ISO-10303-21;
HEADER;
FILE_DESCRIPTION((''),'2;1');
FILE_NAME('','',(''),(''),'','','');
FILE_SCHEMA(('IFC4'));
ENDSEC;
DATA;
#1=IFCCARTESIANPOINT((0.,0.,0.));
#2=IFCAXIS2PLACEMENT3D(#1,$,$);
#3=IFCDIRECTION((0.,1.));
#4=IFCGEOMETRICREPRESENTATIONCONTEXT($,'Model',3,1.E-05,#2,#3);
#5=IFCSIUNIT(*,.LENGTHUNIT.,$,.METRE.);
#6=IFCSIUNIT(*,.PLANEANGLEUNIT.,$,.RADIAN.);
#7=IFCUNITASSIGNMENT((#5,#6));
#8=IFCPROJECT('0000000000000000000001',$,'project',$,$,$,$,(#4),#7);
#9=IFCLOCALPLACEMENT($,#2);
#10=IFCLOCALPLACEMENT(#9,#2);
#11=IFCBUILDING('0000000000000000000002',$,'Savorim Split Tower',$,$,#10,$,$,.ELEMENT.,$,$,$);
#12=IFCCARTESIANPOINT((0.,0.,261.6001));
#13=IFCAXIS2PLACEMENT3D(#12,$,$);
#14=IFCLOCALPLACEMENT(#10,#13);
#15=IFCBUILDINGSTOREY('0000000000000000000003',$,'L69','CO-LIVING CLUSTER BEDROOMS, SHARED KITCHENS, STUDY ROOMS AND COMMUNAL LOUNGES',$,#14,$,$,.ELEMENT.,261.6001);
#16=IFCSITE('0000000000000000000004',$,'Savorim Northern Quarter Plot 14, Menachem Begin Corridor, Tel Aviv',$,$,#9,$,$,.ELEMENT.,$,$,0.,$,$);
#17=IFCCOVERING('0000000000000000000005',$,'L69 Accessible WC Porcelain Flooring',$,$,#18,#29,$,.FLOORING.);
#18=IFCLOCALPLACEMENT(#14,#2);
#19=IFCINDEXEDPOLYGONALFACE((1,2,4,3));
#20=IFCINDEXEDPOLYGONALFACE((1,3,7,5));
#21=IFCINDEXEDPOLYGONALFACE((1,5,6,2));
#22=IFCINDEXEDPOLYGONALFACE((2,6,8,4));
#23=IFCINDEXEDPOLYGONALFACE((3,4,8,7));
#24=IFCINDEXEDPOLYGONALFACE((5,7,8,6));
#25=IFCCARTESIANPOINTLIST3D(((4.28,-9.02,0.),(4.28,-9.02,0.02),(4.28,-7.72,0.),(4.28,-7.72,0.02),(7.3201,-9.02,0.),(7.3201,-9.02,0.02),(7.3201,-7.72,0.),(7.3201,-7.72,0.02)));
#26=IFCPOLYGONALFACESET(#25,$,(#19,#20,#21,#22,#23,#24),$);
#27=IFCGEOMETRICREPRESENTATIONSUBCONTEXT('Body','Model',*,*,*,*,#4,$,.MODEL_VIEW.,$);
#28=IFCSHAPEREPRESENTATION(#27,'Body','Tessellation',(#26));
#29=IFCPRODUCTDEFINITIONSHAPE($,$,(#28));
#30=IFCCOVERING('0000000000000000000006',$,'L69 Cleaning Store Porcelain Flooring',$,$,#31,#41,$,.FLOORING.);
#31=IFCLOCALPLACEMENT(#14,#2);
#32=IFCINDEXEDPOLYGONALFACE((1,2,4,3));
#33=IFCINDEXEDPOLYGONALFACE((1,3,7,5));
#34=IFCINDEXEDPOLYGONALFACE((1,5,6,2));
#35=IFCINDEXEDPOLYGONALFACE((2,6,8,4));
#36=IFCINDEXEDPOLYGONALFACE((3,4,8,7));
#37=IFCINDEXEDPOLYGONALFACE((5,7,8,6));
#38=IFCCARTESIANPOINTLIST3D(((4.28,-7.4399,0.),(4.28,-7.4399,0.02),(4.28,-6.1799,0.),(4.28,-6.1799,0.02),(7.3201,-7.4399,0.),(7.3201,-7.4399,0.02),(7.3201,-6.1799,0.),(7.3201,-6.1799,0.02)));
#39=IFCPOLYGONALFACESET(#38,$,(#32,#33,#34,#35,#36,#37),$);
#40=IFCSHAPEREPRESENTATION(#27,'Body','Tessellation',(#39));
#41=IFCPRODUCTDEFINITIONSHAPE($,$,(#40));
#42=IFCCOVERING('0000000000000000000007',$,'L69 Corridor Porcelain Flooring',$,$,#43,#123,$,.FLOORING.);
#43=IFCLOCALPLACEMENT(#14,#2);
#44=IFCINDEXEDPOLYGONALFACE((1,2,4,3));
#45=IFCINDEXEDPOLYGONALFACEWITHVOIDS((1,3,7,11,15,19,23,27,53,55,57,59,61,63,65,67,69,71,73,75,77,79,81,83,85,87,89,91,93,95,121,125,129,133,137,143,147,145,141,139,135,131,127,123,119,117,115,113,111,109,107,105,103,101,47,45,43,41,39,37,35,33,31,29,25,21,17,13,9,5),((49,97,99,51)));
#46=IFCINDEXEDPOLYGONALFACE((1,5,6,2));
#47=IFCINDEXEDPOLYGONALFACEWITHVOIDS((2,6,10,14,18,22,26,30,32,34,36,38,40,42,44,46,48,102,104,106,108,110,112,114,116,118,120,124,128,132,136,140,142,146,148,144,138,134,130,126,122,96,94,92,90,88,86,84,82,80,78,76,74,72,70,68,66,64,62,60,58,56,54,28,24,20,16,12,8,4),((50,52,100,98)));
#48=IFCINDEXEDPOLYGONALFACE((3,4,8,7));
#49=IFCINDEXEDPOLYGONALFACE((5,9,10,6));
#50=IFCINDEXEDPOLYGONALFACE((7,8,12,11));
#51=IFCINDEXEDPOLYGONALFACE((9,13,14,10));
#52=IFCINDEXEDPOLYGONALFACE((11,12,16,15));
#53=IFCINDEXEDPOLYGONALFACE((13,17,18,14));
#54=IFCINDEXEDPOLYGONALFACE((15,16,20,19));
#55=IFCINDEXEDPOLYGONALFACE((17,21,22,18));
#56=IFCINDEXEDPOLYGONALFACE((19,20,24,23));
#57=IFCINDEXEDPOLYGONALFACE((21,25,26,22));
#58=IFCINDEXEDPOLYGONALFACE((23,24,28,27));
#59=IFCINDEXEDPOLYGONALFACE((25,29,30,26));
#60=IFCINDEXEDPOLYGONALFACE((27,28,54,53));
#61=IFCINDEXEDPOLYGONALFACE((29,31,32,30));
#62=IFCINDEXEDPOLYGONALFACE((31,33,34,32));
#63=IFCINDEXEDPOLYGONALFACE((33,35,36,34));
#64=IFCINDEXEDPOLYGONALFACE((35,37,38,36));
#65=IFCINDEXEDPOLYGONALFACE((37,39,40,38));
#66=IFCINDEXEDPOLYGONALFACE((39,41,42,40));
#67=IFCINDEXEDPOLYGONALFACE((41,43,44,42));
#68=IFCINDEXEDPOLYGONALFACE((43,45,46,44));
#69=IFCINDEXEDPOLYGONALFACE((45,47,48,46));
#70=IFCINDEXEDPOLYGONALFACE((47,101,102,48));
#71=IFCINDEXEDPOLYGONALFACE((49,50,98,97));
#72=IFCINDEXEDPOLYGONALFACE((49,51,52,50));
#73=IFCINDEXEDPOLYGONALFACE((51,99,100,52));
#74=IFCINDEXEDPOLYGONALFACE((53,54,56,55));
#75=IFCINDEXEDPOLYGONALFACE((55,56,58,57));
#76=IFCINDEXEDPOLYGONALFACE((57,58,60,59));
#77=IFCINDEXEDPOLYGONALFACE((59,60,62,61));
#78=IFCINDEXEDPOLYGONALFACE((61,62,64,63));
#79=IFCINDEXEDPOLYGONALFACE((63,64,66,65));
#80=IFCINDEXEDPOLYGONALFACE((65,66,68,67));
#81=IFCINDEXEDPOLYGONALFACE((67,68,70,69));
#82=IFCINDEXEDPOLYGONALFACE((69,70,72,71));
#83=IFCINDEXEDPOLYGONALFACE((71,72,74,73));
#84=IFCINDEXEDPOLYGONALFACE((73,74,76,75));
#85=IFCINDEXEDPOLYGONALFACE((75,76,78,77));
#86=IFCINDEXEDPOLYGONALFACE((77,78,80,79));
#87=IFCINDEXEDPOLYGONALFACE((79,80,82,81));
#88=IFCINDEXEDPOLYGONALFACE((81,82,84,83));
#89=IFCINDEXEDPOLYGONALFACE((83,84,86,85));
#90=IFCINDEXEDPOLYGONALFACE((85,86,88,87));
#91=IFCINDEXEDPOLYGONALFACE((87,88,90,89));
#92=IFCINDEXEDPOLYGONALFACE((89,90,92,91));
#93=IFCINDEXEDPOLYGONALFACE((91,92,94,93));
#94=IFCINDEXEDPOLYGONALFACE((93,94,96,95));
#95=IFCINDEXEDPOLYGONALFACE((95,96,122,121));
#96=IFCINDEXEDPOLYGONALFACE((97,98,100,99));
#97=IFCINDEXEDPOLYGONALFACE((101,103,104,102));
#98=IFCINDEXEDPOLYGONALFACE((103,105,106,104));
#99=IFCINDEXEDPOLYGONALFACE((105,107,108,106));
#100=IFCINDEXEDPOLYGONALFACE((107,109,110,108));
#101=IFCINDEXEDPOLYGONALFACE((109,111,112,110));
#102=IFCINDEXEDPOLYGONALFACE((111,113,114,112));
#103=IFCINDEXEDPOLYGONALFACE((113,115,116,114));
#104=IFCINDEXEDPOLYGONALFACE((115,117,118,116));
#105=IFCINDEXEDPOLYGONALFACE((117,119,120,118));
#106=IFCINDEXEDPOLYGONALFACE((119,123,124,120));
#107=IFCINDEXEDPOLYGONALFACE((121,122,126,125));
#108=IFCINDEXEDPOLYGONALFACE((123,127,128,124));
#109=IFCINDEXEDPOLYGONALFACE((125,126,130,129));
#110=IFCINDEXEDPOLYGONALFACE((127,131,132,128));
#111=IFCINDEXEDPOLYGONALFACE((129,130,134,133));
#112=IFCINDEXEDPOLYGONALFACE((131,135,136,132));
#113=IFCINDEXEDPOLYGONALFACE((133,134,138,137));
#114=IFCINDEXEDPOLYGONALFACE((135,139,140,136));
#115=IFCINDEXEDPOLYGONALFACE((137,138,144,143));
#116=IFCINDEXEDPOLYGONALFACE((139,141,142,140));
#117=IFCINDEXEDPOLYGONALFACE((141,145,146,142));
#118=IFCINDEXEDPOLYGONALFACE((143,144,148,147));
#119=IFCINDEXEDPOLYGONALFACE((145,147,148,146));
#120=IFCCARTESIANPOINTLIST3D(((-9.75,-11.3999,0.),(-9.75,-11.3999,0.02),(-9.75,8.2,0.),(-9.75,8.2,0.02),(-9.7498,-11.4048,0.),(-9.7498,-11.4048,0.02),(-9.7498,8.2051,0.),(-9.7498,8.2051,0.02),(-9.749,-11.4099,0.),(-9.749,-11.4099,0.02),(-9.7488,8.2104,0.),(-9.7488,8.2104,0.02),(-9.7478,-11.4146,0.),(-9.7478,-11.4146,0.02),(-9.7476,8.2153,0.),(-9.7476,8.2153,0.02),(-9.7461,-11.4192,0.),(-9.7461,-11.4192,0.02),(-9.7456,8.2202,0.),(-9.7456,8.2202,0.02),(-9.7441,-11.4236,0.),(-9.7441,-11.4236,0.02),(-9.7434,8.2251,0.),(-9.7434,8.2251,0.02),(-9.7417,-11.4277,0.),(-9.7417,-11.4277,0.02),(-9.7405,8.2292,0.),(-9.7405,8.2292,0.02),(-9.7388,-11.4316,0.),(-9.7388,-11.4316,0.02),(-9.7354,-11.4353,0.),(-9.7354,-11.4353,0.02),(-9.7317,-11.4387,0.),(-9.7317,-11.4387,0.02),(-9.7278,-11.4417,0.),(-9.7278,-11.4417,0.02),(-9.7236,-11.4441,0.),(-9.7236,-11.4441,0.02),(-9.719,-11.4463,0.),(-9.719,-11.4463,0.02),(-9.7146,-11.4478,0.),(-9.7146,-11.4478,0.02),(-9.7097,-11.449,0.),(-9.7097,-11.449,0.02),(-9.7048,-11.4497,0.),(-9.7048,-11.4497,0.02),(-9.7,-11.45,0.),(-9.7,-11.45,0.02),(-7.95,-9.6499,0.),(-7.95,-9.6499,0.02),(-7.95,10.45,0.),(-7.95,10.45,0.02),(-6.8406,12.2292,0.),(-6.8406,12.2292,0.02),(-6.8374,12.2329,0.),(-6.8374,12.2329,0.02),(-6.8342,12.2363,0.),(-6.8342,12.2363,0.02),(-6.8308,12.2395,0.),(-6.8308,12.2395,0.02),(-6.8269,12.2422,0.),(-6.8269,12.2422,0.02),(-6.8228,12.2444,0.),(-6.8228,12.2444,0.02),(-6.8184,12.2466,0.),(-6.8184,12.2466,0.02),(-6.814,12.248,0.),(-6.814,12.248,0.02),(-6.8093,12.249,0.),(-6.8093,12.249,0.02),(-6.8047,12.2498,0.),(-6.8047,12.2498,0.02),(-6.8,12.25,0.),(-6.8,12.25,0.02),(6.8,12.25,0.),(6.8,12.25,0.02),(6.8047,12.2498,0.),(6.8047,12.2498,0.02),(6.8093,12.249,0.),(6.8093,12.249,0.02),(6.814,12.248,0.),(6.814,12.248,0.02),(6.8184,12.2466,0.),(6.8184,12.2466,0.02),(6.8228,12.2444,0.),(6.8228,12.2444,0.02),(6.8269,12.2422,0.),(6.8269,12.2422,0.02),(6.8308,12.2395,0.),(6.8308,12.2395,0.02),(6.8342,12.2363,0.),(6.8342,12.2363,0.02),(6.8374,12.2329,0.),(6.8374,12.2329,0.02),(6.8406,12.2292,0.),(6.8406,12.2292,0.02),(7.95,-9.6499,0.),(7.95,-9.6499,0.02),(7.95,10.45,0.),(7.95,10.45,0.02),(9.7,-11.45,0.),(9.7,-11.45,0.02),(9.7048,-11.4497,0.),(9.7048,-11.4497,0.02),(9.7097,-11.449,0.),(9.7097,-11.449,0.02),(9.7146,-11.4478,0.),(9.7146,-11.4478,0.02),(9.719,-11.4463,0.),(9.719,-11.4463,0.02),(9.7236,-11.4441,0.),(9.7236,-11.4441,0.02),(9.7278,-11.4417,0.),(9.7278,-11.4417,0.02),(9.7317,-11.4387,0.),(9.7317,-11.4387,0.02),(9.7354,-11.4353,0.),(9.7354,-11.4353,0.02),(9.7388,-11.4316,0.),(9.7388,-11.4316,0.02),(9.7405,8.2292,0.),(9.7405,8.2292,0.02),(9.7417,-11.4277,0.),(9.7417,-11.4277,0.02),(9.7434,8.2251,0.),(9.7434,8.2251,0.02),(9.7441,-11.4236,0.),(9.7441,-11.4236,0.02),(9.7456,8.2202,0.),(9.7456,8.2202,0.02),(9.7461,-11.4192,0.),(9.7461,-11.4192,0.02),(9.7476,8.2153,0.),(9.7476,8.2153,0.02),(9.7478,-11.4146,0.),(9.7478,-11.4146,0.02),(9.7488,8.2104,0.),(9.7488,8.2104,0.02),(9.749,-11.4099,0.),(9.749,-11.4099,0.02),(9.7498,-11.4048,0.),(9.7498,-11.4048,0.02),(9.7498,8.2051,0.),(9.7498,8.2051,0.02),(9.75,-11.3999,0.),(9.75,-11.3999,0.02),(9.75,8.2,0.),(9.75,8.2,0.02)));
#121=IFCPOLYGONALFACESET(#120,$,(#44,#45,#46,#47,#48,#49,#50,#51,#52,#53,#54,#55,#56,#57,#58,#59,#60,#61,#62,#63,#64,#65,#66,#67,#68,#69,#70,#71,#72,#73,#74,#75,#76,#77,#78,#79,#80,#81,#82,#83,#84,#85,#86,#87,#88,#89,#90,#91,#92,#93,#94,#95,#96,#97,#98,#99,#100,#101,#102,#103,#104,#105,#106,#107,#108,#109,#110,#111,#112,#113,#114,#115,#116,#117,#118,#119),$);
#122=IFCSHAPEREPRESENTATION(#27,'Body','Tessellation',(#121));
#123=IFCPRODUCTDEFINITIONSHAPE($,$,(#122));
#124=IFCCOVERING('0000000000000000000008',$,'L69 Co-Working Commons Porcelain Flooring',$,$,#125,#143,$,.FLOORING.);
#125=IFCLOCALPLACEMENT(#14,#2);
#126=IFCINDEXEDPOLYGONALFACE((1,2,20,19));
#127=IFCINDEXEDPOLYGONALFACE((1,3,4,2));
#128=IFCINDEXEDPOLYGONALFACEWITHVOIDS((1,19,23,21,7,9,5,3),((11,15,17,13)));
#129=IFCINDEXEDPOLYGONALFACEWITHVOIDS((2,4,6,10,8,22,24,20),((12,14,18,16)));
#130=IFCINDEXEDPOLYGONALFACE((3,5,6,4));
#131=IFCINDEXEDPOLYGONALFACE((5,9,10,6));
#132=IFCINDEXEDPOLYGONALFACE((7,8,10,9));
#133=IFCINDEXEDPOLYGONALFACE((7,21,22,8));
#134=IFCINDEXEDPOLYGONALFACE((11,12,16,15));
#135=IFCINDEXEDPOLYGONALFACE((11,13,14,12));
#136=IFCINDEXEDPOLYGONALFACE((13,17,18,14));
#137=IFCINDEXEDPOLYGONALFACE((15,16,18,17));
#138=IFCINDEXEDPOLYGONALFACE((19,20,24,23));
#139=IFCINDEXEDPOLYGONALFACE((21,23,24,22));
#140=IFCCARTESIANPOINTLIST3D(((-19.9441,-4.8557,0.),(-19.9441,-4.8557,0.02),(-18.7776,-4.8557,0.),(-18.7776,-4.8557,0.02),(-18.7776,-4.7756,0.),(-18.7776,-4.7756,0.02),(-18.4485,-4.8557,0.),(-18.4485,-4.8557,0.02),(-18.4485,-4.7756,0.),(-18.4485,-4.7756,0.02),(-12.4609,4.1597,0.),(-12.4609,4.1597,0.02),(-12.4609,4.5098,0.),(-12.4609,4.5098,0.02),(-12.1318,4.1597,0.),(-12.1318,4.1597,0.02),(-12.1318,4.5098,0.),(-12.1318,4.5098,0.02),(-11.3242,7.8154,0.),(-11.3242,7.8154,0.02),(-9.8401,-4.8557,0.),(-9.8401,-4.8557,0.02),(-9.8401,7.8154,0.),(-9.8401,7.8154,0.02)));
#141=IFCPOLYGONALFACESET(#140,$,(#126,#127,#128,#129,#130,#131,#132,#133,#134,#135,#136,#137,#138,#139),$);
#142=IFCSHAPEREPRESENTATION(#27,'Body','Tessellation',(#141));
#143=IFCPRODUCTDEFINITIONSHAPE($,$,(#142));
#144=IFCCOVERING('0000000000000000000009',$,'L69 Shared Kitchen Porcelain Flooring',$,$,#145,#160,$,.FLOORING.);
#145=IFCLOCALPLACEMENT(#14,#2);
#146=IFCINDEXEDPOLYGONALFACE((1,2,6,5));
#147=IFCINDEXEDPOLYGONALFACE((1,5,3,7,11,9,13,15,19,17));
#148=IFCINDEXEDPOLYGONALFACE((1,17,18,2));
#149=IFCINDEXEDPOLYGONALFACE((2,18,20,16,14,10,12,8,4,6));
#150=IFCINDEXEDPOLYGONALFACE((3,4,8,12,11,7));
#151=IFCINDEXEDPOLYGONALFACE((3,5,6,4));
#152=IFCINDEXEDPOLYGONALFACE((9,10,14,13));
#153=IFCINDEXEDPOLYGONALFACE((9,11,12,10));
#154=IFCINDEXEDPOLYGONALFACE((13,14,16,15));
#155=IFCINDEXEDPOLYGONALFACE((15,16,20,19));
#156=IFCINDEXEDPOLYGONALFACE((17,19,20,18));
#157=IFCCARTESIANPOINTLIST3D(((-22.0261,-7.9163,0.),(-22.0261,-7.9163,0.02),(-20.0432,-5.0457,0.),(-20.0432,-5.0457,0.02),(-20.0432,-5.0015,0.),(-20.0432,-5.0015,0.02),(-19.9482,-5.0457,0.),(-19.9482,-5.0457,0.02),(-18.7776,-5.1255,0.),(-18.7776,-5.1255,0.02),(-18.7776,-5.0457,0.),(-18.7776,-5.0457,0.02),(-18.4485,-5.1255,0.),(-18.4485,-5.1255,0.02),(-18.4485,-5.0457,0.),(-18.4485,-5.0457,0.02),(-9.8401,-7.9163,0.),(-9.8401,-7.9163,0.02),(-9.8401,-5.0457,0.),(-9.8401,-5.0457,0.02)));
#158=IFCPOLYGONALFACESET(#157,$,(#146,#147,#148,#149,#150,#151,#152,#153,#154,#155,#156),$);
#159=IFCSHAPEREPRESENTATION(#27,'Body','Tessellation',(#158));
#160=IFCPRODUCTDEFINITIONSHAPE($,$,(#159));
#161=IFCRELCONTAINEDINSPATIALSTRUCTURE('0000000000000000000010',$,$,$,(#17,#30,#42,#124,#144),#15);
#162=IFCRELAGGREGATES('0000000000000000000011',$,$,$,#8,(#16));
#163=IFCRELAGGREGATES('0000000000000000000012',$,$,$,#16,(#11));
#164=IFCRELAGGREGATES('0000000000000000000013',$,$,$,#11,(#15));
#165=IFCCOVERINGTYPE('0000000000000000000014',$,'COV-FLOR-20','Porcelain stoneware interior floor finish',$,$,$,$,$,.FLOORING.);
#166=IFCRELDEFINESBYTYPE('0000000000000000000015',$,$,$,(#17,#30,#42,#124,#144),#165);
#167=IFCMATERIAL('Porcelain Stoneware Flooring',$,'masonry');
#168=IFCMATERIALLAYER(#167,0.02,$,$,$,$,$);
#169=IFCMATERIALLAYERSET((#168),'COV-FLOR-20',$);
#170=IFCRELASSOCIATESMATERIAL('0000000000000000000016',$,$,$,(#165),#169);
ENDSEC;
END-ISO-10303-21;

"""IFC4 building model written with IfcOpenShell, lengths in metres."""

from ifc_helpers import new_model, si_unit, direction, frame, origin, place, context, subcontext, project, spatial, polyline, outline, extrude, material, layer, layer_set, type_object, element, save


model = new_model("IFC4")

# Units and contexts
model_context = context("Model", 3, precision=1e-05, world=origin(), true_north=direction((0.0, 1.0)))
body_context = subcontext(model_context, "Body", "Model", "MODEL_VIEW")
ifc_project = project(units=[si_unit("LENGTHUNIT", "METRE"), si_unit("PLANEANGLEUNIT", "RADIAN")], contexts=[model_context])

# Site, building, storey
site_placement = place(None, origin())
site = spatial("IfcSite", under=ifc_project, at=site_placement, Name="Savorim Northern Quarter Plot 14, Menachem Begin Corridor, Tel Aviv", CompositionType="ELEMENT", RefElevation=0.0)
building_placement = place(site_placement, origin())
building = spatial("IfcBuilding", under=site, at=building_placement, Name="Savorim Split Tower", CompositionType="ELEMENT")
storey_placement = place(building_placement, frame((0.0, 0.0, 261.6001)))
storey = spatial("IfcBuildingStorey", under=building, at=storey_placement, Name="L69", Description="CO-LIVING CLUSTER BEDROOMS, SHARED KITCHENS, STUDY ROOMS AND COMMUNAL LOUNGES", CompositionType="ELEMENT", Elevation=261.6001)

# Coverings
ifc_material_1 = material(Name="Porcelain Stoneware Flooring", Category="masonry")
ifc_layer_1 = layer(ifc_material_1, 0.02)
ifc_layer_set_1 = layer_set([ifc_layer_1], Name="COV-FLOR-20")
covering_type_1 = type_object("IfcCoveringType", Name="COV-FLOR-20", Description="Porcelain stoneware interior floor finish", PredefinedType="FLOORING", material=ifc_layer_set_1)
covering_1_placement = place(storey_placement, origin())
element("IfcCovering", 1, at=covering_1_placement, inside=storey, type_object=covering_type_1, Name="L69 Accessible WC Porcelain Flooring", PredefinedType="FLOORING", context=body_context, shape_type="SweptSolid", body=[
    extrude(outline(polyline([(4.28, -7.72), (4.28, -9.02), (7.3201, -9.02), (7.3201, -7.72), (4.28, -7.72)])), origin(), (0.0, 0.0, 1.0), 0.02),
])
covering_2_placement = place(storey_placement, origin())
element("IfcCovering", 2, at=covering_2_placement, inside=storey, type_object=covering_type_1, Name="L69 Cleaning Store Porcelain Flooring", PredefinedType="FLOORING", context=body_context, shape_type="SweptSolid", body=[
    extrude(outline(polyline([(4.28, -6.1799), (4.28, -7.4399), (7.3201, -7.4399), (7.3201, -6.1799), (4.28, -6.1799)])), origin(), (0.0, 0.0, 1.0), 0.02),
])
covering_3_placement = place(storey_placement, origin())
element("IfcCovering", 3, at=covering_3_placement, inside=storey, type_object=covering_type_1, Name="L69 Corridor Porcelain Flooring", PredefinedType="FLOORING", context=body_context, shape_type="SweptSolid", body=[
    extrude(outline(polyline([(6.8093, 12.249), (6.8047, 12.2498), (6.8, 12.25), (-6.8, 12.25), (-6.8047, 12.2498), (-6.8093, 12.249), (-6.814, 12.248), (-6.8184, 12.2466), (-6.8228, 12.2444), (-6.8269, 12.2422), (-6.8308, 12.2395), (-6.8342, 12.2363), (-6.8374, 12.2329), (-6.8406, 12.2292), (-9.7405, 8.2292), (-9.7434, 8.2251), (-9.7456, 8.2202), (-9.7476, 8.2153), (-9.7488, 8.2104), (-9.7498, 8.2051), (-9.75, 8.2), (-9.75, -11.3999), (-9.7498, -11.4048), (-9.749, -11.4099), (-9.7478, -11.4146), (-9.7461, -11.4192), (-9.7441, -11.4236), (-9.7417, -11.4277), (-9.7388, -11.4316), (-9.7354, -11.4353), (-9.7317, -11.4387), (-9.7278, -11.4417), (-9.7236, -11.4441), (-9.719, -11.4463), (-9.7146, -11.4478), (-9.7097, -11.449), (-9.7048, -11.4497), (-9.7, -11.45), (9.7, -11.45), (9.7048, -11.4497), (9.7097, -11.449), (9.7146, -11.4478), (9.719, -11.4463), (9.7236, -11.4441), (9.7278, -11.4417), (9.7317, -11.4387), (9.7354, -11.4353), (9.7388, -11.4316), (9.7417, -11.4277), (9.7441, -11.4236), (9.7461, -11.4192), (9.7478, -11.4146), (9.749, -11.4099), (9.7498, -11.4048), (9.75, -11.3999), (9.75, 8.2), (9.7498, 8.2051), (9.7488, 8.2104), (9.7476, 8.2153), (9.7456, 8.2202), (9.7434, 8.2251), (9.7405, 8.2292), (6.8406, 12.2292), (6.8374, 12.2329), (6.8342, 12.2363), (6.8308, 12.2395), (6.8269, 12.2422), (6.8228, 12.2444), (6.8184, 12.2466), (6.814, 12.248), (6.8093, 12.249)]), holes=[polyline([(-7.95, 10.45), (-7.95, -9.6499), (7.95, -9.6499), (7.95, 10.45), (-7.95, 10.45)])]), origin(), (0.0, 0.0, 1.0), 0.02),
])
covering_4_placement = place(storey_placement, origin())
element("IfcCovering", 4, at=covering_4_placement, inside=storey, type_object=covering_type_1, Name="L69 Co-Working Commons Porcelain Flooring", PredefinedType="FLOORING", context=body_context, shape_type="SweptSolid", body=[
    extrude(outline(polyline([(-18.4485, -4.7756), (-18.4485, -4.8557), (-9.8401, -4.8557), (-9.8401, 7.8154), (-11.3242, 7.8154), (-19.9441, -4.8557), (-18.7776, -4.8557), (-18.7776, -4.7756), (-18.4485, -4.7756)]), holes=[polyline([(-12.4609, 4.5098), (-12.4609, 4.1597), (-12.1318, 4.1597), (-12.1318, 4.5098), (-12.4609, 4.5098)])]), origin(), (0.0, 0.0, 1.0), 0.02),
])
covering_5_placement = place(storey_placement, origin())
element("IfcCovering", 5, at=covering_5_placement, inside=storey, type_object=covering_type_1, Name="L69 Shared Kitchen Porcelain Flooring", PredefinedType="FLOORING", context=body_context, shape_type="SweptSolid", body=[
    extrude(outline(polyline([(-19.9482, -5.0457), (-20.0432, -5.0457), (-20.0432, -5.0015), (-22.0261, -7.9163), (-9.8401, -7.9163), (-9.8401, -5.0457), (-18.4485, -5.0457), (-18.4485, -5.1255), (-18.7776, -5.1255), (-18.7776, -5.0457), (-19.9482, -5.0457)])), origin(), (0.0, 0.0, 1.0), 0.02),
])

save(model, "model.ifc")
